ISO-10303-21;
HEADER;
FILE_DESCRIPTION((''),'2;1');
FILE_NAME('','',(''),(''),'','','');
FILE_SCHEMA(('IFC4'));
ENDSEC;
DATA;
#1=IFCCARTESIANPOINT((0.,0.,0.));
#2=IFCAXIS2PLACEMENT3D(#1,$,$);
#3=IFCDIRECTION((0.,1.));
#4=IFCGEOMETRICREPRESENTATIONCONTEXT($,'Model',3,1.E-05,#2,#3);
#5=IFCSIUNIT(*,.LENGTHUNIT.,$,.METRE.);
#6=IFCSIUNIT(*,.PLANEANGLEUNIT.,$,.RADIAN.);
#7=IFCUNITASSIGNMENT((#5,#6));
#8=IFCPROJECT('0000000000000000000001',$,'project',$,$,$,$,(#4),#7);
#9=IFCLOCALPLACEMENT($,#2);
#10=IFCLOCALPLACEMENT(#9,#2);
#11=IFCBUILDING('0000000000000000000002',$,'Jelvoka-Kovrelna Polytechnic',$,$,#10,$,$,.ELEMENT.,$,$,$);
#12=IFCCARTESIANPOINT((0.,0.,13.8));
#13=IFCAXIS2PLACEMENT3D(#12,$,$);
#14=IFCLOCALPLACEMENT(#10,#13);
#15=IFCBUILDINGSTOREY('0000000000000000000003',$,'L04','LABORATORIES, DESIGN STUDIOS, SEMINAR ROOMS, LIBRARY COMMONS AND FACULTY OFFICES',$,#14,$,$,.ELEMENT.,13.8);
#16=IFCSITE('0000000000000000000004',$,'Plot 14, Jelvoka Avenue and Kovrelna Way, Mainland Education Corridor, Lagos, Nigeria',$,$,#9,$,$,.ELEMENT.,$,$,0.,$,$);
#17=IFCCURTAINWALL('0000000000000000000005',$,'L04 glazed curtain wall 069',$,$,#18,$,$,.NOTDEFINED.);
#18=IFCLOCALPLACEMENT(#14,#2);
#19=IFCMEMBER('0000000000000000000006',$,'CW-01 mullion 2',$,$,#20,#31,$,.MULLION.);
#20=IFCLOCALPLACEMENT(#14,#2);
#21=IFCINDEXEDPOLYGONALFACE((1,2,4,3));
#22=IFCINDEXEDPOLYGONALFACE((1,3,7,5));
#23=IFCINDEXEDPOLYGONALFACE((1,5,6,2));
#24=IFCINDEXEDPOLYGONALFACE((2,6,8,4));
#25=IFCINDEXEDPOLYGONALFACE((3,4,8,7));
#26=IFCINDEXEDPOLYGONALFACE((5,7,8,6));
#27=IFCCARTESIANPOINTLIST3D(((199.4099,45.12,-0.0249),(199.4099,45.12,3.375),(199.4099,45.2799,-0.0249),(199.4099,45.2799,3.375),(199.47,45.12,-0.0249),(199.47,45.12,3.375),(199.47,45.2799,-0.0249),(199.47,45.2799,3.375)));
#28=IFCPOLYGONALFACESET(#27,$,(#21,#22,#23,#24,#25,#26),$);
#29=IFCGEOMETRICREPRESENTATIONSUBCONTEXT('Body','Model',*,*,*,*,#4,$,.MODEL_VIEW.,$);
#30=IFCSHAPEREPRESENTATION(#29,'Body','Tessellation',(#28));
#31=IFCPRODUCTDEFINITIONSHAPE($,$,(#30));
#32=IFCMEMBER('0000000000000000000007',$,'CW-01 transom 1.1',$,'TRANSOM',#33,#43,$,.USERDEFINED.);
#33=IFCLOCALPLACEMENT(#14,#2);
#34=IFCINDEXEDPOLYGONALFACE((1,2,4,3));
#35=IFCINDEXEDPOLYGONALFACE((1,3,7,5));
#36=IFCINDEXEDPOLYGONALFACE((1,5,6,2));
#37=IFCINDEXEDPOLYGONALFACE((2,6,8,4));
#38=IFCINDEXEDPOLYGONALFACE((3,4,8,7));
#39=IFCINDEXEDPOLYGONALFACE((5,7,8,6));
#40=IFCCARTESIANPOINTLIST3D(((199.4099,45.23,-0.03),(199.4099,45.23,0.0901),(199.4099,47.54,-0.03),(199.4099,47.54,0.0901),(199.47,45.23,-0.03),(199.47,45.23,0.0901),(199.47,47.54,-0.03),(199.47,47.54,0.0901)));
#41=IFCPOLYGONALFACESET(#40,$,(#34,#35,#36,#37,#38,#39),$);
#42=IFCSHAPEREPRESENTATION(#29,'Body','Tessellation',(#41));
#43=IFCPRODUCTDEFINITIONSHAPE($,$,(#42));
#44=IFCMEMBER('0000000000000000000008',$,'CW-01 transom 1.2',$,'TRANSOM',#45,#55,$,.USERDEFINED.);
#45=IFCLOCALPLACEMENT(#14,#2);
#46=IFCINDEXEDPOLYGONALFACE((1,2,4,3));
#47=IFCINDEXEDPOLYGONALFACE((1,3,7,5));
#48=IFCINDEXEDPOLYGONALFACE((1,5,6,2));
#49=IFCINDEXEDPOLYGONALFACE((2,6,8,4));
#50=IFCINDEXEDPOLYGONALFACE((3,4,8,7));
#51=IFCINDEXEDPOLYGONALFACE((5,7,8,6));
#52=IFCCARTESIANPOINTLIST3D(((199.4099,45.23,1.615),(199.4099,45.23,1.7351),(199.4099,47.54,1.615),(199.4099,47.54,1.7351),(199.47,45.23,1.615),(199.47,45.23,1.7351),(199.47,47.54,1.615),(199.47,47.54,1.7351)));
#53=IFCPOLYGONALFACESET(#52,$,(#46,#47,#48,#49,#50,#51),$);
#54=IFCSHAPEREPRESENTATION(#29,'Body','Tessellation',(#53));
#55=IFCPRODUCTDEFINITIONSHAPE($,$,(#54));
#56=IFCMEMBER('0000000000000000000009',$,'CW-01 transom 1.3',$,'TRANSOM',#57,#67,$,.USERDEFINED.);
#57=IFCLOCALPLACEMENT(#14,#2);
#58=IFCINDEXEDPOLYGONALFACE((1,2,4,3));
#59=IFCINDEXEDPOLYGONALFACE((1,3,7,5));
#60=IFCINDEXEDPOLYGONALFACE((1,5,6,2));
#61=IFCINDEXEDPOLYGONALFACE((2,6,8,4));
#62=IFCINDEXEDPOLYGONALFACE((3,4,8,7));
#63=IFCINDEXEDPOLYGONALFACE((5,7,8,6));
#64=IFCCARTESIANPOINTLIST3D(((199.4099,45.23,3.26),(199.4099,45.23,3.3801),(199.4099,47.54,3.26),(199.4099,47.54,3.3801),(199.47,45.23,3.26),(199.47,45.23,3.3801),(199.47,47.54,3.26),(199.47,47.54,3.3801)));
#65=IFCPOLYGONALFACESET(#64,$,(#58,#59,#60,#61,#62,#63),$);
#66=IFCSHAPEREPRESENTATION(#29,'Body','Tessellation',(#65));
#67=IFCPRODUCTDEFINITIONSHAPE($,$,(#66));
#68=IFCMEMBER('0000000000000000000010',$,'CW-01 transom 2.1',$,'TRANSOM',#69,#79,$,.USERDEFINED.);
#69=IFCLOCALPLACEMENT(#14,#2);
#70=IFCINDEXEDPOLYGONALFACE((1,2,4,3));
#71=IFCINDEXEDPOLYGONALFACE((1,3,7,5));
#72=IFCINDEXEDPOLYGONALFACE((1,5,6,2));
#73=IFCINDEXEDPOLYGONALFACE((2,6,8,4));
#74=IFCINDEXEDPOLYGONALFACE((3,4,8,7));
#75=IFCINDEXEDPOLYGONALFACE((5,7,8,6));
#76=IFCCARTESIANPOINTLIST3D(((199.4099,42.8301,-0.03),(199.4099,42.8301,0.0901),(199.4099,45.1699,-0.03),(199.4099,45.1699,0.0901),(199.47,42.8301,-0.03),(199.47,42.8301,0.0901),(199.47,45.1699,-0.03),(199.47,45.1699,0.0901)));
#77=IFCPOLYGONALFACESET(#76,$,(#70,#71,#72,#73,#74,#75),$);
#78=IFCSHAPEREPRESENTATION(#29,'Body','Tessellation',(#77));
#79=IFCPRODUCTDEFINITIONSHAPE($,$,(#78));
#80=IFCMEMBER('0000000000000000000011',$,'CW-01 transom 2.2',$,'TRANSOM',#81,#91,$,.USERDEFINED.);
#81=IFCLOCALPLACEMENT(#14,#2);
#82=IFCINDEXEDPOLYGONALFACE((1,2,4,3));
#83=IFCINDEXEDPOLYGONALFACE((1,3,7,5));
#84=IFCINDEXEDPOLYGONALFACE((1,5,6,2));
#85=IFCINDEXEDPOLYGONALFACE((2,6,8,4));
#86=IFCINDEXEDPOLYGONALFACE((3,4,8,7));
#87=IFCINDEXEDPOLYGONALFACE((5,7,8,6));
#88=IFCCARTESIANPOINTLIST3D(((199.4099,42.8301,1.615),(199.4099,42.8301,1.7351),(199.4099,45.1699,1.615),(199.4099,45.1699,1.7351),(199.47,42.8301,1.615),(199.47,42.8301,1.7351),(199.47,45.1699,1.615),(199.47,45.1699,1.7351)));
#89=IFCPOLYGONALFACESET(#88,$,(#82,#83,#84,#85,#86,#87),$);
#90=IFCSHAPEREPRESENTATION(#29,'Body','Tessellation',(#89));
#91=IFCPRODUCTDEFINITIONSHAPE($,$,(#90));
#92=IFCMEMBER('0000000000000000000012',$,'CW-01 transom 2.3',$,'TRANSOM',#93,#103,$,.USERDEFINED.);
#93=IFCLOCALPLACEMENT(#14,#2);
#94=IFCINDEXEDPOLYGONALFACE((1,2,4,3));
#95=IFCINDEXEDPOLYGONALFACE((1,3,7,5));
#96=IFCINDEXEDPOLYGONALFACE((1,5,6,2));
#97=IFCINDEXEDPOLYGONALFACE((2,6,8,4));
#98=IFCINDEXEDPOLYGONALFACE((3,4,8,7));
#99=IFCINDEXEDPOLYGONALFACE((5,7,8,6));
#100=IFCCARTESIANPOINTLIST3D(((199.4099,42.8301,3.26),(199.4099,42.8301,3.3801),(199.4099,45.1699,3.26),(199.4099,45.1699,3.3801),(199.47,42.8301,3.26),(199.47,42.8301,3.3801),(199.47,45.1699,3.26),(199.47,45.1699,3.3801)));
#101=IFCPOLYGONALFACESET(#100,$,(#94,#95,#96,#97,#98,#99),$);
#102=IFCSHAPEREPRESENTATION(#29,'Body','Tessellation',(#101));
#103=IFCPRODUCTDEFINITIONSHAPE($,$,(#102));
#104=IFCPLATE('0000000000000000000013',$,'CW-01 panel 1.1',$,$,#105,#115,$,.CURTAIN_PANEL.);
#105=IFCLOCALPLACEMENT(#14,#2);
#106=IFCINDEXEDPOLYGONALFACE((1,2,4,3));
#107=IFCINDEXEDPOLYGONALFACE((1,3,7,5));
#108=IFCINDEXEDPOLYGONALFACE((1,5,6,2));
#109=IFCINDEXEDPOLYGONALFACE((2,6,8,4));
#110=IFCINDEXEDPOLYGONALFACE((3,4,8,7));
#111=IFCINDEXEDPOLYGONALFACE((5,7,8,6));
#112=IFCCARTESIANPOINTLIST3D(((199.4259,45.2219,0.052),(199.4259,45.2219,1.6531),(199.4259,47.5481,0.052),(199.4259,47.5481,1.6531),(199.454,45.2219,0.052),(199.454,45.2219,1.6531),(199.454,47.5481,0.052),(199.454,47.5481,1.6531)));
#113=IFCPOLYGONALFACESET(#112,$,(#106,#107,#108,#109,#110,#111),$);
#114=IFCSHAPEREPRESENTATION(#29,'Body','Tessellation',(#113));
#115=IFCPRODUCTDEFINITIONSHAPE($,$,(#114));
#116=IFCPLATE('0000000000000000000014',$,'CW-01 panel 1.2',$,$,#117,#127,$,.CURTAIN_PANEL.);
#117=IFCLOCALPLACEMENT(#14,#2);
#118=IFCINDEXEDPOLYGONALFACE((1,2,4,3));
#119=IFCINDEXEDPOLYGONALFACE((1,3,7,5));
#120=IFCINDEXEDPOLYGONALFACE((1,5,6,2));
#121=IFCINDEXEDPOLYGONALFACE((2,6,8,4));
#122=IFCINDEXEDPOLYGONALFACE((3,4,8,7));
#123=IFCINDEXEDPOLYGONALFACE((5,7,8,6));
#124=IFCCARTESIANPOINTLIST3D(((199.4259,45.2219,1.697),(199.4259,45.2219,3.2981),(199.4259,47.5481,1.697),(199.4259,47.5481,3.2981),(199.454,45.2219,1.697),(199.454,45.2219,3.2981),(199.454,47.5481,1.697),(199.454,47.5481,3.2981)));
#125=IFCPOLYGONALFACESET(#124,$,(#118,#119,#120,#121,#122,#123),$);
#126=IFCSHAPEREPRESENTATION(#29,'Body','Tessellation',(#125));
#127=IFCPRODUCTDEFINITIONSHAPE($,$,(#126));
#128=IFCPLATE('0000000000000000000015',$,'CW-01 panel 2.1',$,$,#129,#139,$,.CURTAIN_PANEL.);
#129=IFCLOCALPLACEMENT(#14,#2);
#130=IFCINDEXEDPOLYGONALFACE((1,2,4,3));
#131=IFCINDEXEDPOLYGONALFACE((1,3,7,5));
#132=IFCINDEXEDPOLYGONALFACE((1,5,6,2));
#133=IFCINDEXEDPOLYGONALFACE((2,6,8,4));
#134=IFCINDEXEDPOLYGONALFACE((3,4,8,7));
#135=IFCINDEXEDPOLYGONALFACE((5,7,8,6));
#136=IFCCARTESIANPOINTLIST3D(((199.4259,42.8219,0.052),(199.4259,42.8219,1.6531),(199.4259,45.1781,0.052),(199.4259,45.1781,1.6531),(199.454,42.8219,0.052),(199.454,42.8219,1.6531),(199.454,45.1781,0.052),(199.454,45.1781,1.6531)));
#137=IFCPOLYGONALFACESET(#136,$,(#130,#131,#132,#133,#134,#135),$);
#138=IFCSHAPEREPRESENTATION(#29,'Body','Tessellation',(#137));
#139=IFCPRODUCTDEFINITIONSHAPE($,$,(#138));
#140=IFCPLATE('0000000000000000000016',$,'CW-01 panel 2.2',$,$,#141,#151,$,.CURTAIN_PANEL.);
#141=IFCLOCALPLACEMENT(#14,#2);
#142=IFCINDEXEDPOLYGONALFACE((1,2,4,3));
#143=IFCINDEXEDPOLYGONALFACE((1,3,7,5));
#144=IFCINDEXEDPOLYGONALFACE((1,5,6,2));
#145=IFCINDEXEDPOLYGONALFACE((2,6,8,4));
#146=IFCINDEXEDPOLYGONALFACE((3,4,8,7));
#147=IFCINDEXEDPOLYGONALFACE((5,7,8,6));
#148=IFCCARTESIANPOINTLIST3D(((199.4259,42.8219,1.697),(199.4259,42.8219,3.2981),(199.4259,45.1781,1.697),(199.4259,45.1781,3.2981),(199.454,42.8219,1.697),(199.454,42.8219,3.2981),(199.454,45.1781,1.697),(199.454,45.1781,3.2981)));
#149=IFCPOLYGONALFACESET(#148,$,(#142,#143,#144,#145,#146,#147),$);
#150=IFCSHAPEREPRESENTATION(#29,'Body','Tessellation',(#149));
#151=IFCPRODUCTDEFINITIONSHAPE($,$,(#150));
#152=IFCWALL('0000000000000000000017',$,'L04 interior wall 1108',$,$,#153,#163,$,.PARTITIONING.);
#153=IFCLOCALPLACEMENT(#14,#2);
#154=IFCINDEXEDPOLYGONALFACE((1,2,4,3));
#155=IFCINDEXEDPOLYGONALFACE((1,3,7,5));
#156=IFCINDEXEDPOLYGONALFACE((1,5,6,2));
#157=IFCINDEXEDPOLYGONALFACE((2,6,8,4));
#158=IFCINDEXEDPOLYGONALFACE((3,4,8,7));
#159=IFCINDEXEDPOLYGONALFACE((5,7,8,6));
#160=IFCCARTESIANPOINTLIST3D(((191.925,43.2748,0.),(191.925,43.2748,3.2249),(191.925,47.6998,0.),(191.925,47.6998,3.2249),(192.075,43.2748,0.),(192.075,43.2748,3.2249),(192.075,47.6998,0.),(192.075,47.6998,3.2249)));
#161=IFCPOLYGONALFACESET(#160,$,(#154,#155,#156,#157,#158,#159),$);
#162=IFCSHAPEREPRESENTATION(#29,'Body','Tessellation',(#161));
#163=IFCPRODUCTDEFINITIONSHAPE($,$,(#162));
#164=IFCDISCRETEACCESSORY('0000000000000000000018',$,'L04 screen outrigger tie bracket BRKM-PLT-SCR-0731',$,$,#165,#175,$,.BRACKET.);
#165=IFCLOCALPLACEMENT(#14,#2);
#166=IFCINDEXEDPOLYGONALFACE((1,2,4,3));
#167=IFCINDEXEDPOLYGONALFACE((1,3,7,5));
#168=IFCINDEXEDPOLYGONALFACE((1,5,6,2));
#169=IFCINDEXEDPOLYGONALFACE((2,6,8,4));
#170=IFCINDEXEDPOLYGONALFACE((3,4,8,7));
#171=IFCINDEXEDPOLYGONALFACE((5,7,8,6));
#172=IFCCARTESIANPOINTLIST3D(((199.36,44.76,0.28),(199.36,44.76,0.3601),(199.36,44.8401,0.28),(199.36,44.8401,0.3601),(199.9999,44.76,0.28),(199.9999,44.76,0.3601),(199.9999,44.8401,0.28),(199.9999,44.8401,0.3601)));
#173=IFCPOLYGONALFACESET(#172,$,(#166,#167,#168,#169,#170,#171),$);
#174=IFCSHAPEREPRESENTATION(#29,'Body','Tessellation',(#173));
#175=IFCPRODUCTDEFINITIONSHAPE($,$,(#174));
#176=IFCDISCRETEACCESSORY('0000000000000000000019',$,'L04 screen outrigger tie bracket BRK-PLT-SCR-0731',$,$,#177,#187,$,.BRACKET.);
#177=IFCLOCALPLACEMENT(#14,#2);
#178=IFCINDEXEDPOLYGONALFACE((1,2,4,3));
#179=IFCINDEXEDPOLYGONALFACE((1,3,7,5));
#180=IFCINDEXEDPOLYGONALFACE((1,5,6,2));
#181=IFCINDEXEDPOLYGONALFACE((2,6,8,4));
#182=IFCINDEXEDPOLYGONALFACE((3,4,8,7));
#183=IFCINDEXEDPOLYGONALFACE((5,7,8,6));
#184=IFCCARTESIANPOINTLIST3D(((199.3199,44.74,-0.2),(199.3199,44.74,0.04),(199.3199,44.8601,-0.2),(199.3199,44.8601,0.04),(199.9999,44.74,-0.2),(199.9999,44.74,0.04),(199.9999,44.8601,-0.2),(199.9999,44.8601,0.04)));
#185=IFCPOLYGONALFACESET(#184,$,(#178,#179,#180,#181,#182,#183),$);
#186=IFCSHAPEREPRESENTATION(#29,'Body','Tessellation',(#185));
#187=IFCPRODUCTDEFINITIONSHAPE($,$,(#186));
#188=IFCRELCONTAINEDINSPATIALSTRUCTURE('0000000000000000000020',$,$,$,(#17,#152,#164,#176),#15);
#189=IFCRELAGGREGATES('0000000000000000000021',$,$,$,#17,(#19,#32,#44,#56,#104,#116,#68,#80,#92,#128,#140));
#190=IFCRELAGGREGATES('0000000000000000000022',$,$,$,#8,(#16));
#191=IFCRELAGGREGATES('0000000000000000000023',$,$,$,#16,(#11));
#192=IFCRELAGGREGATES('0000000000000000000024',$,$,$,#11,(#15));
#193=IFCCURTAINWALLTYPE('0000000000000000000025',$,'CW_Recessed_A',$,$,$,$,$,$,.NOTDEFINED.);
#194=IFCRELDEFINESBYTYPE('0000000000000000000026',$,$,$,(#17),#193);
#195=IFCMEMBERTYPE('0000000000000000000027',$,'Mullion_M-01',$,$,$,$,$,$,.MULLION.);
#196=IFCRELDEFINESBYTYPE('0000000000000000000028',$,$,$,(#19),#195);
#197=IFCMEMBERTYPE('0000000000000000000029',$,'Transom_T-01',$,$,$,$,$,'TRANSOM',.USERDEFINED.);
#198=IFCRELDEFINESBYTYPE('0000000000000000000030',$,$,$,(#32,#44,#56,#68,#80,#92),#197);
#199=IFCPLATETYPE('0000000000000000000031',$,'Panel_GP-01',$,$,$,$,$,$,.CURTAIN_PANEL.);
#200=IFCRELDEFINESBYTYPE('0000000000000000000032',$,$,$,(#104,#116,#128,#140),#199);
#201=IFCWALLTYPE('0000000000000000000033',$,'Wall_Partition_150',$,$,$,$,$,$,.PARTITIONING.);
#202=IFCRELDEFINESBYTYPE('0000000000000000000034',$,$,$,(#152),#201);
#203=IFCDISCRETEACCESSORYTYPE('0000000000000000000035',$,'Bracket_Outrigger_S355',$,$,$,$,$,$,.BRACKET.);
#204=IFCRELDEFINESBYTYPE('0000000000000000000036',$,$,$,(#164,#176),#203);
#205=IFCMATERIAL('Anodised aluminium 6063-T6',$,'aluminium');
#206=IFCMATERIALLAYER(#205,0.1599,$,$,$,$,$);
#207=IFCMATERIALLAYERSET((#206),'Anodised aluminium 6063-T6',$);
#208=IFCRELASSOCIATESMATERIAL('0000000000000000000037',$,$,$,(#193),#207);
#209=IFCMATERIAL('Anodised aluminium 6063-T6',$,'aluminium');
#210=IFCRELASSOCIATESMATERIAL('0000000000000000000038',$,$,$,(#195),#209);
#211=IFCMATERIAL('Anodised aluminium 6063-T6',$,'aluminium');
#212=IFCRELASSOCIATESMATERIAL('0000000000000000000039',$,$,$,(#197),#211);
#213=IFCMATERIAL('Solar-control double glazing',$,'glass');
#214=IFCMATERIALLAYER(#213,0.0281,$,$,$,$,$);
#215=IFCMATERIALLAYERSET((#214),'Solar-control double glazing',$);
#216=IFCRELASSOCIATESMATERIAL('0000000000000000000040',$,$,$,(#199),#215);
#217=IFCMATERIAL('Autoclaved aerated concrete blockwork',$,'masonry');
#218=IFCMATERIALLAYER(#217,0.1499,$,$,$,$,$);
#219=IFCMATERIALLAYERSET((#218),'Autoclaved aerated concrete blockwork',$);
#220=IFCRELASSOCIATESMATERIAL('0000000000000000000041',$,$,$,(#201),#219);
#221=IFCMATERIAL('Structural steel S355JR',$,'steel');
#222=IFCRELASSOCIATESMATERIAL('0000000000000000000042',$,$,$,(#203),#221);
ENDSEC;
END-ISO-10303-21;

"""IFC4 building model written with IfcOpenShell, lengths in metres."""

from ifc_helpers import new_model, si_unit, direction, frame, frame_2d, origin, origin_2d, place, context, subcontext, project, spatial, rectangle, extrude, material, layer, layer_set, material_profile, profile_set, type_object, element, aggregate, save


model = new_model("IFC4")

# Units and contexts
model_context = context("Model", 3, precision=1e-05, world=origin(), true_north=direction((0.0, 1.0)))
body_context = subcontext(model_context, "Body", "Model", "MODEL_VIEW")
ifc_project = project(units=[si_unit("LENGTHUNIT", "METRE"), si_unit("PLANEANGLEUNIT", "RADIAN")], contexts=[model_context])

# Site, building, storey
site_placement = place(None, origin())
site = spatial("IfcSite", under=ifc_project, at=site_placement, Name="Plot 14, Jelvoka Avenue and Kovrelna Way, Mainland Education Corridor, Lagos, Nigeria", CompositionType="ELEMENT", RefElevation=0.0)
building_placement = place(site_placement, origin())
building = spatial("IfcBuilding", under=site, at=building_placement, Name="Jelvoka-Kovrelna Polytechnic", CompositionType="ELEMENT")
storey_placement = place(building_placement, frame((0.0, 0.0, 13.8)))
storey = spatial("IfcBuildingStorey", under=building, at=storey_placement, Name="L04", Description="LABORATORIES, DESIGN STUDIOS, SEMINAR ROOMS, LIBRARY COMMONS AND FACULTY OFFICES", CompositionType="ELEMENT", Elevation=13.8)

# Curtain wall, members, plates
ifc_material_1 = material(Name="Anodised aluminium 6063-T6", Category="aluminium")
ifc_layer_1 = layer(ifc_material_1, 0.1599)
ifc_layer_set_1 = layer_set([ifc_layer_1], Name="Anodised aluminium 6063-T6")
curtain_wall_type = type_object("IfcCurtainWallType", Name="CW_Recessed_A", PredefinedType="NOTDEFINED", material=ifc_layer_set_1)
curtain_wall_placement = place(storey_placement, origin())
curtain_wall = element("IfcCurtainWall", 1, at=curtain_wall_placement, inside=storey, type_object=curtain_wall_type, Name="L04 glazed curtain wall 069", PredefinedType="NOTDEFINED")
ifc_material_2 = material(Name="Anodised aluminium 6063-T6", Category="aluminium")
ifc_material_profile_1 = material_profile(ifc_material_2, rectangle(XDim=0.0601, YDim=0.1599, at=origin_2d()), Name="ALU 60x160")
ifc_profile_set_1 = profile_set([ifc_material_profile_1], Name="Anodised aluminium 6063-T6")
member_type_1 = type_object("IfcMemberType", Name="Mullion_M-01", PredefinedType="MULLION", material=ifc_profile_set_1)
member_1_placement = place(storey_placement, frame((199.4399, 45.2, -0.0249), z_axis=(0.0, 0.0, 1.0), x_axis=(1.0, 0.0, 0.0)))
member_1 = element("IfcMember", 2, at=member_1_placement, type_object=member_type_1, Name="CW-01 mullion 2", PredefinedType="MULLION", context=body_context, shape_type="SweptSolid", body=[
    extrude(rectangle(XDim=0.0601, YDim=0.1599, at=origin_2d()), origin(), (0.0, 0.0, 1.0), 3.3999),
])
ifc_material_3 = material(Name="Anodised aluminium 6063-T6", Category="aluminium")
ifc_material_profile_2 = material_profile(ifc_material_3, rectangle(XDim=0.0601, YDim=0.1201, at=origin_2d()), Name="ALU 60x120")
ifc_profile_set_2 = profile_set([ifc_material_profile_2], Name="Anodised aluminium 6063-T6")
member_type_2 = type_object("IfcMemberType", Name="Transom_T-01", ElementType="TRANSOM", PredefinedType="USERDEFINED", material=ifc_profile_set_2)
member_2_placement = place(storey_placement, frame((199.4399, 47.54, 0.03), z_axis=(0.0, -1.0, 0.0), x_axis=(1.0, 0.0, 0.0)))
member_2 = element("IfcMember", 3, at=member_2_placement, type_object=member_type_2, Name="CW-01 transom 1.1", ObjectType="TRANSOM", PredefinedType="USERDEFINED", context=body_context, shape_type="SweptSolid", body=[
    extrude(rectangle(XDim=0.0601, YDim=0.1201, at=origin_2d()), origin(), (0.0, 0.0, 1.0), 2.3101),
])
member_3_placement = place(storey_placement, frame((199.4399, 47.54, 1.675), z_axis=(0.0, -1.0, 0.0), x_axis=(1.0, 0.0, 0.0)))
member_3 = element("IfcMember", 4, at=member_3_placement, type_object=member_type_2, Name="CW-01 transom 1.2", ObjectType="TRANSOM", PredefinedType="USERDEFINED", context=body_context, shape_type="SweptSolid", body=[
    extrude(rectangle(XDim=0.0601, YDim=0.1201, at=origin_2d()), origin(), (0.0, 0.0, 1.0), 2.3101),
])
member_4_placement = place(storey_placement, frame((199.4399, 47.54, 3.3201), z_axis=(0.0, -1.0, 0.0), x_axis=(1.0, 0.0, 0.0)))
member_4 = element("IfcMember", 5, at=member_4_placement, type_object=member_type_2, Name="CW-01 transom 1.3", ObjectType="TRANSOM", PredefinedType="USERDEFINED", context=body_context, shape_type="SweptSolid", body=[
    extrude(rectangle(XDim=0.0601, YDim=0.1201, at=origin_2d()), origin(), (0.0, 0.0, 1.0), 2.3101),
])
member_5_placement = place(storey_placement, frame((199.4399, 45.1699, 0.03), z_axis=(0.0, -1.0, 0.0), x_axis=(1.0, 0.0, 0.0)))
member_5 = element("IfcMember", 6, at=member_5_placement, type_object=member_type_2, Name="CW-01 transom 2.1", ObjectType="TRANSOM", PredefinedType="USERDEFINED", context=body_context, shape_type="SweptSolid", body=[
    extrude(rectangle(XDim=0.0601, YDim=0.1201, at=origin_2d()), origin(), (0.0, 0.0, 1.0), 2.3398),
])
member_6_placement = place(storey_placement, frame((199.4399, 45.1699, 1.675), z_axis=(0.0, -1.0, 0.0), x_axis=(1.0, 0.0, 0.0)))
member_6 = element("IfcMember", 7, at=member_6_placement, type_object=member_type_2, Name="CW-01 transom 2.2", ObjectType="TRANSOM", PredefinedType="USERDEFINED", context=body_context, shape_type="SweptSolid", body=[
    extrude(rectangle(XDim=0.0601, YDim=0.1201, at=origin_2d()), origin(), (0.0, 0.0, 1.0), 2.3398),
])
member_7_placement = place(storey_placement, frame((199.4399, 45.1699, 3.3201), z_axis=(0.0, -1.0, 0.0), x_axis=(1.0, 0.0, 0.0)))
member_7 = element("IfcMember", 8, at=member_7_placement, type_object=member_type_2, Name="CW-01 transom 2.3", ObjectType="TRANSOM", PredefinedType="USERDEFINED", context=body_context, shape_type="SweptSolid", body=[
    extrude(rectangle(XDim=0.0601, YDim=0.1201, at=origin_2d()), origin(), (0.0, 0.0, 1.0), 2.3398),
])
ifc_material_4 = material(Name="Solar-control double glazing", Category="glass")
ifc_layer_2 = layer(ifc_material_4, 0.0281)
ifc_layer_set_2 = layer_set([ifc_layer_2], Name="Solar-control double glazing")
plate_type = type_object("IfcPlateType", Name="Panel_GP-01", PredefinedType="CURTAIN_PANEL", material=ifc_layer_set_2)
plate_1_placement = place(storey_placement, frame((199.4399, 46.385, 0.052), z_axis=(0.0, 0.0, 1.0), x_axis=(0.0, -1.0, 0.0)))
plate_1 = element("IfcPlate", 9, at=plate_1_placement, type_object=plate_type, Name="CW-01 panel 1.1", PredefinedType="CURTAIN_PANEL", context=body_context, shape_type="SweptSolid", body=[
    extrude(rectangle(XDim=2.3262, YDim=0.0281, at=origin_2d()), origin(), (0.0, 0.0, 1.0), 1.6011),
])
plate_2_placement = place(storey_placement, frame((199.4399, 46.385, 1.697), z_axis=(0.0, 0.0, 1.0), x_axis=(0.0, -1.0, 0.0)))
plate_2 = element("IfcPlate", 10, at=plate_2_placement, type_object=plate_type, Name="CW-01 panel 1.2", PredefinedType="CURTAIN_PANEL", context=body_context, shape_type="SweptSolid", body=[
    extrude(rectangle(XDim=2.3262, YDim=0.0281, at=origin_2d()), origin(), (0.0, 0.0, 1.0), 1.6011),
])
plate_3_placement = place(storey_placement, frame((199.4399, 44.0, 0.052), z_axis=(0.0, 0.0, 1.0), x_axis=(0.0, -1.0, 0.0)))
plate_3 = element("IfcPlate", 11, at=plate_3_placement, type_object=plate_type, Name="CW-01 panel 2.1", PredefinedType="CURTAIN_PANEL", context=body_context, shape_type="SweptSolid", body=[
    extrude(rectangle(XDim=2.3562, YDim=0.0281, at=origin_2d()), origin(), (0.0, 0.0, 1.0), 1.6011),
])
plate_4_placement = place(storey_placement, frame((199.4399, 44.0, 1.697), z_axis=(0.0, 0.0, 1.0), x_axis=(0.0, -1.0, 0.0)))
plate_4 = element("IfcPlate", 12, at=plate_4_placement, type_object=plate_type, Name="CW-01 panel 2.2", PredefinedType="CURTAIN_PANEL", context=body_context, shape_type="SweptSolid", body=[
    extrude(rectangle(XDim=2.3562, YDim=0.0281, at=origin_2d()), origin(), (0.0, 0.0, 1.0), 1.6011),
])
aggregate(curtain_wall, [member_1, member_2, member_3, member_4, plate_1, plate_2, member_5, member_6, member_7, plate_3, plate_4])

# Wall
ifc_material_5 = material(Name="Autoclaved aerated concrete blockwork", Category="masonry")
ifc_layer_3 = layer(ifc_material_5, 0.1499)
ifc_layer_set_3 = layer_set([ifc_layer_3], Name="Autoclaved aerated concrete blockwork")
wall_type = type_object("IfcWallType", Name="Wall_Partition_150", PredefinedType="PARTITIONING", material=ifc_layer_set_3)
wall_placement = place(storey_placement, frame((192.0, 43.2749, 0.0), z_axis=(0.0, 0.0, 1.0), x_axis=(0.0, 1.0, 0.0)))
element("IfcWall", 13, at=wall_placement, inside=storey, type_object=wall_type, Name="L04 interior wall 1108", PredefinedType="PARTITIONING", context=body_context, shape_type="SweptSolid", body=[
    extrude(rectangle(XDim=4.425, YDim=0.1499, at=frame_2d((2.2124, 0.0))), origin(), (0.0, 0.0, 1.0), 3.2249),
])

# Discrete accessories
ifc_material_6 = material(Name="Structural steel S355JR", Category="steel")
discrete_accessory_type = type_object("IfcDiscreteAccessoryType", Name="Bracket_Outrigger_S355", PredefinedType="BRACKET", material=ifc_material_6)
discrete_accessory_1_placement = place(storey_placement, frame((199.6799, 44.8, 0.28), z_axis=(0.0, 0.0, 1.0), x_axis=(1.0, 0.0, 0.0)))
element("IfcDiscreteAccessory", 14, at=discrete_accessory_1_placement, inside=storey, type_object=discrete_accessory_type, Name="L04 screen outrigger tie bracket BRKM-PLT-SCR-0731", PredefinedType="BRACKET", context=body_context, shape_type="SweptSolid", body=[
    extrude(rectangle(XDim=0.6399, YDim=0.0801, at=origin_2d()), origin(), (0.0, 0.0, 1.0), 0.0801),
])
discrete_accessory_2_placement = place(storey_placement, frame((199.6599, 44.8, -0.2), z_axis=(0.0, 0.0, 1.0), x_axis=(1.0, 0.0, 0.0)))
element("IfcDiscreteAccessory", 15, at=discrete_accessory_2_placement, inside=storey, type_object=discrete_accessory_type, Name="L04 screen outrigger tie bracket BRK-PLT-SCR-0731", PredefinedType="BRACKET", context=body_context, shape_type="SweptSolid", body=[
    extrude(rectangle(XDim=0.6799, YDim=0.1201, at=origin_2d()), origin(), (0.0, 0.0, 1.0), 0.24),
])

save(model, "model.ifc")
